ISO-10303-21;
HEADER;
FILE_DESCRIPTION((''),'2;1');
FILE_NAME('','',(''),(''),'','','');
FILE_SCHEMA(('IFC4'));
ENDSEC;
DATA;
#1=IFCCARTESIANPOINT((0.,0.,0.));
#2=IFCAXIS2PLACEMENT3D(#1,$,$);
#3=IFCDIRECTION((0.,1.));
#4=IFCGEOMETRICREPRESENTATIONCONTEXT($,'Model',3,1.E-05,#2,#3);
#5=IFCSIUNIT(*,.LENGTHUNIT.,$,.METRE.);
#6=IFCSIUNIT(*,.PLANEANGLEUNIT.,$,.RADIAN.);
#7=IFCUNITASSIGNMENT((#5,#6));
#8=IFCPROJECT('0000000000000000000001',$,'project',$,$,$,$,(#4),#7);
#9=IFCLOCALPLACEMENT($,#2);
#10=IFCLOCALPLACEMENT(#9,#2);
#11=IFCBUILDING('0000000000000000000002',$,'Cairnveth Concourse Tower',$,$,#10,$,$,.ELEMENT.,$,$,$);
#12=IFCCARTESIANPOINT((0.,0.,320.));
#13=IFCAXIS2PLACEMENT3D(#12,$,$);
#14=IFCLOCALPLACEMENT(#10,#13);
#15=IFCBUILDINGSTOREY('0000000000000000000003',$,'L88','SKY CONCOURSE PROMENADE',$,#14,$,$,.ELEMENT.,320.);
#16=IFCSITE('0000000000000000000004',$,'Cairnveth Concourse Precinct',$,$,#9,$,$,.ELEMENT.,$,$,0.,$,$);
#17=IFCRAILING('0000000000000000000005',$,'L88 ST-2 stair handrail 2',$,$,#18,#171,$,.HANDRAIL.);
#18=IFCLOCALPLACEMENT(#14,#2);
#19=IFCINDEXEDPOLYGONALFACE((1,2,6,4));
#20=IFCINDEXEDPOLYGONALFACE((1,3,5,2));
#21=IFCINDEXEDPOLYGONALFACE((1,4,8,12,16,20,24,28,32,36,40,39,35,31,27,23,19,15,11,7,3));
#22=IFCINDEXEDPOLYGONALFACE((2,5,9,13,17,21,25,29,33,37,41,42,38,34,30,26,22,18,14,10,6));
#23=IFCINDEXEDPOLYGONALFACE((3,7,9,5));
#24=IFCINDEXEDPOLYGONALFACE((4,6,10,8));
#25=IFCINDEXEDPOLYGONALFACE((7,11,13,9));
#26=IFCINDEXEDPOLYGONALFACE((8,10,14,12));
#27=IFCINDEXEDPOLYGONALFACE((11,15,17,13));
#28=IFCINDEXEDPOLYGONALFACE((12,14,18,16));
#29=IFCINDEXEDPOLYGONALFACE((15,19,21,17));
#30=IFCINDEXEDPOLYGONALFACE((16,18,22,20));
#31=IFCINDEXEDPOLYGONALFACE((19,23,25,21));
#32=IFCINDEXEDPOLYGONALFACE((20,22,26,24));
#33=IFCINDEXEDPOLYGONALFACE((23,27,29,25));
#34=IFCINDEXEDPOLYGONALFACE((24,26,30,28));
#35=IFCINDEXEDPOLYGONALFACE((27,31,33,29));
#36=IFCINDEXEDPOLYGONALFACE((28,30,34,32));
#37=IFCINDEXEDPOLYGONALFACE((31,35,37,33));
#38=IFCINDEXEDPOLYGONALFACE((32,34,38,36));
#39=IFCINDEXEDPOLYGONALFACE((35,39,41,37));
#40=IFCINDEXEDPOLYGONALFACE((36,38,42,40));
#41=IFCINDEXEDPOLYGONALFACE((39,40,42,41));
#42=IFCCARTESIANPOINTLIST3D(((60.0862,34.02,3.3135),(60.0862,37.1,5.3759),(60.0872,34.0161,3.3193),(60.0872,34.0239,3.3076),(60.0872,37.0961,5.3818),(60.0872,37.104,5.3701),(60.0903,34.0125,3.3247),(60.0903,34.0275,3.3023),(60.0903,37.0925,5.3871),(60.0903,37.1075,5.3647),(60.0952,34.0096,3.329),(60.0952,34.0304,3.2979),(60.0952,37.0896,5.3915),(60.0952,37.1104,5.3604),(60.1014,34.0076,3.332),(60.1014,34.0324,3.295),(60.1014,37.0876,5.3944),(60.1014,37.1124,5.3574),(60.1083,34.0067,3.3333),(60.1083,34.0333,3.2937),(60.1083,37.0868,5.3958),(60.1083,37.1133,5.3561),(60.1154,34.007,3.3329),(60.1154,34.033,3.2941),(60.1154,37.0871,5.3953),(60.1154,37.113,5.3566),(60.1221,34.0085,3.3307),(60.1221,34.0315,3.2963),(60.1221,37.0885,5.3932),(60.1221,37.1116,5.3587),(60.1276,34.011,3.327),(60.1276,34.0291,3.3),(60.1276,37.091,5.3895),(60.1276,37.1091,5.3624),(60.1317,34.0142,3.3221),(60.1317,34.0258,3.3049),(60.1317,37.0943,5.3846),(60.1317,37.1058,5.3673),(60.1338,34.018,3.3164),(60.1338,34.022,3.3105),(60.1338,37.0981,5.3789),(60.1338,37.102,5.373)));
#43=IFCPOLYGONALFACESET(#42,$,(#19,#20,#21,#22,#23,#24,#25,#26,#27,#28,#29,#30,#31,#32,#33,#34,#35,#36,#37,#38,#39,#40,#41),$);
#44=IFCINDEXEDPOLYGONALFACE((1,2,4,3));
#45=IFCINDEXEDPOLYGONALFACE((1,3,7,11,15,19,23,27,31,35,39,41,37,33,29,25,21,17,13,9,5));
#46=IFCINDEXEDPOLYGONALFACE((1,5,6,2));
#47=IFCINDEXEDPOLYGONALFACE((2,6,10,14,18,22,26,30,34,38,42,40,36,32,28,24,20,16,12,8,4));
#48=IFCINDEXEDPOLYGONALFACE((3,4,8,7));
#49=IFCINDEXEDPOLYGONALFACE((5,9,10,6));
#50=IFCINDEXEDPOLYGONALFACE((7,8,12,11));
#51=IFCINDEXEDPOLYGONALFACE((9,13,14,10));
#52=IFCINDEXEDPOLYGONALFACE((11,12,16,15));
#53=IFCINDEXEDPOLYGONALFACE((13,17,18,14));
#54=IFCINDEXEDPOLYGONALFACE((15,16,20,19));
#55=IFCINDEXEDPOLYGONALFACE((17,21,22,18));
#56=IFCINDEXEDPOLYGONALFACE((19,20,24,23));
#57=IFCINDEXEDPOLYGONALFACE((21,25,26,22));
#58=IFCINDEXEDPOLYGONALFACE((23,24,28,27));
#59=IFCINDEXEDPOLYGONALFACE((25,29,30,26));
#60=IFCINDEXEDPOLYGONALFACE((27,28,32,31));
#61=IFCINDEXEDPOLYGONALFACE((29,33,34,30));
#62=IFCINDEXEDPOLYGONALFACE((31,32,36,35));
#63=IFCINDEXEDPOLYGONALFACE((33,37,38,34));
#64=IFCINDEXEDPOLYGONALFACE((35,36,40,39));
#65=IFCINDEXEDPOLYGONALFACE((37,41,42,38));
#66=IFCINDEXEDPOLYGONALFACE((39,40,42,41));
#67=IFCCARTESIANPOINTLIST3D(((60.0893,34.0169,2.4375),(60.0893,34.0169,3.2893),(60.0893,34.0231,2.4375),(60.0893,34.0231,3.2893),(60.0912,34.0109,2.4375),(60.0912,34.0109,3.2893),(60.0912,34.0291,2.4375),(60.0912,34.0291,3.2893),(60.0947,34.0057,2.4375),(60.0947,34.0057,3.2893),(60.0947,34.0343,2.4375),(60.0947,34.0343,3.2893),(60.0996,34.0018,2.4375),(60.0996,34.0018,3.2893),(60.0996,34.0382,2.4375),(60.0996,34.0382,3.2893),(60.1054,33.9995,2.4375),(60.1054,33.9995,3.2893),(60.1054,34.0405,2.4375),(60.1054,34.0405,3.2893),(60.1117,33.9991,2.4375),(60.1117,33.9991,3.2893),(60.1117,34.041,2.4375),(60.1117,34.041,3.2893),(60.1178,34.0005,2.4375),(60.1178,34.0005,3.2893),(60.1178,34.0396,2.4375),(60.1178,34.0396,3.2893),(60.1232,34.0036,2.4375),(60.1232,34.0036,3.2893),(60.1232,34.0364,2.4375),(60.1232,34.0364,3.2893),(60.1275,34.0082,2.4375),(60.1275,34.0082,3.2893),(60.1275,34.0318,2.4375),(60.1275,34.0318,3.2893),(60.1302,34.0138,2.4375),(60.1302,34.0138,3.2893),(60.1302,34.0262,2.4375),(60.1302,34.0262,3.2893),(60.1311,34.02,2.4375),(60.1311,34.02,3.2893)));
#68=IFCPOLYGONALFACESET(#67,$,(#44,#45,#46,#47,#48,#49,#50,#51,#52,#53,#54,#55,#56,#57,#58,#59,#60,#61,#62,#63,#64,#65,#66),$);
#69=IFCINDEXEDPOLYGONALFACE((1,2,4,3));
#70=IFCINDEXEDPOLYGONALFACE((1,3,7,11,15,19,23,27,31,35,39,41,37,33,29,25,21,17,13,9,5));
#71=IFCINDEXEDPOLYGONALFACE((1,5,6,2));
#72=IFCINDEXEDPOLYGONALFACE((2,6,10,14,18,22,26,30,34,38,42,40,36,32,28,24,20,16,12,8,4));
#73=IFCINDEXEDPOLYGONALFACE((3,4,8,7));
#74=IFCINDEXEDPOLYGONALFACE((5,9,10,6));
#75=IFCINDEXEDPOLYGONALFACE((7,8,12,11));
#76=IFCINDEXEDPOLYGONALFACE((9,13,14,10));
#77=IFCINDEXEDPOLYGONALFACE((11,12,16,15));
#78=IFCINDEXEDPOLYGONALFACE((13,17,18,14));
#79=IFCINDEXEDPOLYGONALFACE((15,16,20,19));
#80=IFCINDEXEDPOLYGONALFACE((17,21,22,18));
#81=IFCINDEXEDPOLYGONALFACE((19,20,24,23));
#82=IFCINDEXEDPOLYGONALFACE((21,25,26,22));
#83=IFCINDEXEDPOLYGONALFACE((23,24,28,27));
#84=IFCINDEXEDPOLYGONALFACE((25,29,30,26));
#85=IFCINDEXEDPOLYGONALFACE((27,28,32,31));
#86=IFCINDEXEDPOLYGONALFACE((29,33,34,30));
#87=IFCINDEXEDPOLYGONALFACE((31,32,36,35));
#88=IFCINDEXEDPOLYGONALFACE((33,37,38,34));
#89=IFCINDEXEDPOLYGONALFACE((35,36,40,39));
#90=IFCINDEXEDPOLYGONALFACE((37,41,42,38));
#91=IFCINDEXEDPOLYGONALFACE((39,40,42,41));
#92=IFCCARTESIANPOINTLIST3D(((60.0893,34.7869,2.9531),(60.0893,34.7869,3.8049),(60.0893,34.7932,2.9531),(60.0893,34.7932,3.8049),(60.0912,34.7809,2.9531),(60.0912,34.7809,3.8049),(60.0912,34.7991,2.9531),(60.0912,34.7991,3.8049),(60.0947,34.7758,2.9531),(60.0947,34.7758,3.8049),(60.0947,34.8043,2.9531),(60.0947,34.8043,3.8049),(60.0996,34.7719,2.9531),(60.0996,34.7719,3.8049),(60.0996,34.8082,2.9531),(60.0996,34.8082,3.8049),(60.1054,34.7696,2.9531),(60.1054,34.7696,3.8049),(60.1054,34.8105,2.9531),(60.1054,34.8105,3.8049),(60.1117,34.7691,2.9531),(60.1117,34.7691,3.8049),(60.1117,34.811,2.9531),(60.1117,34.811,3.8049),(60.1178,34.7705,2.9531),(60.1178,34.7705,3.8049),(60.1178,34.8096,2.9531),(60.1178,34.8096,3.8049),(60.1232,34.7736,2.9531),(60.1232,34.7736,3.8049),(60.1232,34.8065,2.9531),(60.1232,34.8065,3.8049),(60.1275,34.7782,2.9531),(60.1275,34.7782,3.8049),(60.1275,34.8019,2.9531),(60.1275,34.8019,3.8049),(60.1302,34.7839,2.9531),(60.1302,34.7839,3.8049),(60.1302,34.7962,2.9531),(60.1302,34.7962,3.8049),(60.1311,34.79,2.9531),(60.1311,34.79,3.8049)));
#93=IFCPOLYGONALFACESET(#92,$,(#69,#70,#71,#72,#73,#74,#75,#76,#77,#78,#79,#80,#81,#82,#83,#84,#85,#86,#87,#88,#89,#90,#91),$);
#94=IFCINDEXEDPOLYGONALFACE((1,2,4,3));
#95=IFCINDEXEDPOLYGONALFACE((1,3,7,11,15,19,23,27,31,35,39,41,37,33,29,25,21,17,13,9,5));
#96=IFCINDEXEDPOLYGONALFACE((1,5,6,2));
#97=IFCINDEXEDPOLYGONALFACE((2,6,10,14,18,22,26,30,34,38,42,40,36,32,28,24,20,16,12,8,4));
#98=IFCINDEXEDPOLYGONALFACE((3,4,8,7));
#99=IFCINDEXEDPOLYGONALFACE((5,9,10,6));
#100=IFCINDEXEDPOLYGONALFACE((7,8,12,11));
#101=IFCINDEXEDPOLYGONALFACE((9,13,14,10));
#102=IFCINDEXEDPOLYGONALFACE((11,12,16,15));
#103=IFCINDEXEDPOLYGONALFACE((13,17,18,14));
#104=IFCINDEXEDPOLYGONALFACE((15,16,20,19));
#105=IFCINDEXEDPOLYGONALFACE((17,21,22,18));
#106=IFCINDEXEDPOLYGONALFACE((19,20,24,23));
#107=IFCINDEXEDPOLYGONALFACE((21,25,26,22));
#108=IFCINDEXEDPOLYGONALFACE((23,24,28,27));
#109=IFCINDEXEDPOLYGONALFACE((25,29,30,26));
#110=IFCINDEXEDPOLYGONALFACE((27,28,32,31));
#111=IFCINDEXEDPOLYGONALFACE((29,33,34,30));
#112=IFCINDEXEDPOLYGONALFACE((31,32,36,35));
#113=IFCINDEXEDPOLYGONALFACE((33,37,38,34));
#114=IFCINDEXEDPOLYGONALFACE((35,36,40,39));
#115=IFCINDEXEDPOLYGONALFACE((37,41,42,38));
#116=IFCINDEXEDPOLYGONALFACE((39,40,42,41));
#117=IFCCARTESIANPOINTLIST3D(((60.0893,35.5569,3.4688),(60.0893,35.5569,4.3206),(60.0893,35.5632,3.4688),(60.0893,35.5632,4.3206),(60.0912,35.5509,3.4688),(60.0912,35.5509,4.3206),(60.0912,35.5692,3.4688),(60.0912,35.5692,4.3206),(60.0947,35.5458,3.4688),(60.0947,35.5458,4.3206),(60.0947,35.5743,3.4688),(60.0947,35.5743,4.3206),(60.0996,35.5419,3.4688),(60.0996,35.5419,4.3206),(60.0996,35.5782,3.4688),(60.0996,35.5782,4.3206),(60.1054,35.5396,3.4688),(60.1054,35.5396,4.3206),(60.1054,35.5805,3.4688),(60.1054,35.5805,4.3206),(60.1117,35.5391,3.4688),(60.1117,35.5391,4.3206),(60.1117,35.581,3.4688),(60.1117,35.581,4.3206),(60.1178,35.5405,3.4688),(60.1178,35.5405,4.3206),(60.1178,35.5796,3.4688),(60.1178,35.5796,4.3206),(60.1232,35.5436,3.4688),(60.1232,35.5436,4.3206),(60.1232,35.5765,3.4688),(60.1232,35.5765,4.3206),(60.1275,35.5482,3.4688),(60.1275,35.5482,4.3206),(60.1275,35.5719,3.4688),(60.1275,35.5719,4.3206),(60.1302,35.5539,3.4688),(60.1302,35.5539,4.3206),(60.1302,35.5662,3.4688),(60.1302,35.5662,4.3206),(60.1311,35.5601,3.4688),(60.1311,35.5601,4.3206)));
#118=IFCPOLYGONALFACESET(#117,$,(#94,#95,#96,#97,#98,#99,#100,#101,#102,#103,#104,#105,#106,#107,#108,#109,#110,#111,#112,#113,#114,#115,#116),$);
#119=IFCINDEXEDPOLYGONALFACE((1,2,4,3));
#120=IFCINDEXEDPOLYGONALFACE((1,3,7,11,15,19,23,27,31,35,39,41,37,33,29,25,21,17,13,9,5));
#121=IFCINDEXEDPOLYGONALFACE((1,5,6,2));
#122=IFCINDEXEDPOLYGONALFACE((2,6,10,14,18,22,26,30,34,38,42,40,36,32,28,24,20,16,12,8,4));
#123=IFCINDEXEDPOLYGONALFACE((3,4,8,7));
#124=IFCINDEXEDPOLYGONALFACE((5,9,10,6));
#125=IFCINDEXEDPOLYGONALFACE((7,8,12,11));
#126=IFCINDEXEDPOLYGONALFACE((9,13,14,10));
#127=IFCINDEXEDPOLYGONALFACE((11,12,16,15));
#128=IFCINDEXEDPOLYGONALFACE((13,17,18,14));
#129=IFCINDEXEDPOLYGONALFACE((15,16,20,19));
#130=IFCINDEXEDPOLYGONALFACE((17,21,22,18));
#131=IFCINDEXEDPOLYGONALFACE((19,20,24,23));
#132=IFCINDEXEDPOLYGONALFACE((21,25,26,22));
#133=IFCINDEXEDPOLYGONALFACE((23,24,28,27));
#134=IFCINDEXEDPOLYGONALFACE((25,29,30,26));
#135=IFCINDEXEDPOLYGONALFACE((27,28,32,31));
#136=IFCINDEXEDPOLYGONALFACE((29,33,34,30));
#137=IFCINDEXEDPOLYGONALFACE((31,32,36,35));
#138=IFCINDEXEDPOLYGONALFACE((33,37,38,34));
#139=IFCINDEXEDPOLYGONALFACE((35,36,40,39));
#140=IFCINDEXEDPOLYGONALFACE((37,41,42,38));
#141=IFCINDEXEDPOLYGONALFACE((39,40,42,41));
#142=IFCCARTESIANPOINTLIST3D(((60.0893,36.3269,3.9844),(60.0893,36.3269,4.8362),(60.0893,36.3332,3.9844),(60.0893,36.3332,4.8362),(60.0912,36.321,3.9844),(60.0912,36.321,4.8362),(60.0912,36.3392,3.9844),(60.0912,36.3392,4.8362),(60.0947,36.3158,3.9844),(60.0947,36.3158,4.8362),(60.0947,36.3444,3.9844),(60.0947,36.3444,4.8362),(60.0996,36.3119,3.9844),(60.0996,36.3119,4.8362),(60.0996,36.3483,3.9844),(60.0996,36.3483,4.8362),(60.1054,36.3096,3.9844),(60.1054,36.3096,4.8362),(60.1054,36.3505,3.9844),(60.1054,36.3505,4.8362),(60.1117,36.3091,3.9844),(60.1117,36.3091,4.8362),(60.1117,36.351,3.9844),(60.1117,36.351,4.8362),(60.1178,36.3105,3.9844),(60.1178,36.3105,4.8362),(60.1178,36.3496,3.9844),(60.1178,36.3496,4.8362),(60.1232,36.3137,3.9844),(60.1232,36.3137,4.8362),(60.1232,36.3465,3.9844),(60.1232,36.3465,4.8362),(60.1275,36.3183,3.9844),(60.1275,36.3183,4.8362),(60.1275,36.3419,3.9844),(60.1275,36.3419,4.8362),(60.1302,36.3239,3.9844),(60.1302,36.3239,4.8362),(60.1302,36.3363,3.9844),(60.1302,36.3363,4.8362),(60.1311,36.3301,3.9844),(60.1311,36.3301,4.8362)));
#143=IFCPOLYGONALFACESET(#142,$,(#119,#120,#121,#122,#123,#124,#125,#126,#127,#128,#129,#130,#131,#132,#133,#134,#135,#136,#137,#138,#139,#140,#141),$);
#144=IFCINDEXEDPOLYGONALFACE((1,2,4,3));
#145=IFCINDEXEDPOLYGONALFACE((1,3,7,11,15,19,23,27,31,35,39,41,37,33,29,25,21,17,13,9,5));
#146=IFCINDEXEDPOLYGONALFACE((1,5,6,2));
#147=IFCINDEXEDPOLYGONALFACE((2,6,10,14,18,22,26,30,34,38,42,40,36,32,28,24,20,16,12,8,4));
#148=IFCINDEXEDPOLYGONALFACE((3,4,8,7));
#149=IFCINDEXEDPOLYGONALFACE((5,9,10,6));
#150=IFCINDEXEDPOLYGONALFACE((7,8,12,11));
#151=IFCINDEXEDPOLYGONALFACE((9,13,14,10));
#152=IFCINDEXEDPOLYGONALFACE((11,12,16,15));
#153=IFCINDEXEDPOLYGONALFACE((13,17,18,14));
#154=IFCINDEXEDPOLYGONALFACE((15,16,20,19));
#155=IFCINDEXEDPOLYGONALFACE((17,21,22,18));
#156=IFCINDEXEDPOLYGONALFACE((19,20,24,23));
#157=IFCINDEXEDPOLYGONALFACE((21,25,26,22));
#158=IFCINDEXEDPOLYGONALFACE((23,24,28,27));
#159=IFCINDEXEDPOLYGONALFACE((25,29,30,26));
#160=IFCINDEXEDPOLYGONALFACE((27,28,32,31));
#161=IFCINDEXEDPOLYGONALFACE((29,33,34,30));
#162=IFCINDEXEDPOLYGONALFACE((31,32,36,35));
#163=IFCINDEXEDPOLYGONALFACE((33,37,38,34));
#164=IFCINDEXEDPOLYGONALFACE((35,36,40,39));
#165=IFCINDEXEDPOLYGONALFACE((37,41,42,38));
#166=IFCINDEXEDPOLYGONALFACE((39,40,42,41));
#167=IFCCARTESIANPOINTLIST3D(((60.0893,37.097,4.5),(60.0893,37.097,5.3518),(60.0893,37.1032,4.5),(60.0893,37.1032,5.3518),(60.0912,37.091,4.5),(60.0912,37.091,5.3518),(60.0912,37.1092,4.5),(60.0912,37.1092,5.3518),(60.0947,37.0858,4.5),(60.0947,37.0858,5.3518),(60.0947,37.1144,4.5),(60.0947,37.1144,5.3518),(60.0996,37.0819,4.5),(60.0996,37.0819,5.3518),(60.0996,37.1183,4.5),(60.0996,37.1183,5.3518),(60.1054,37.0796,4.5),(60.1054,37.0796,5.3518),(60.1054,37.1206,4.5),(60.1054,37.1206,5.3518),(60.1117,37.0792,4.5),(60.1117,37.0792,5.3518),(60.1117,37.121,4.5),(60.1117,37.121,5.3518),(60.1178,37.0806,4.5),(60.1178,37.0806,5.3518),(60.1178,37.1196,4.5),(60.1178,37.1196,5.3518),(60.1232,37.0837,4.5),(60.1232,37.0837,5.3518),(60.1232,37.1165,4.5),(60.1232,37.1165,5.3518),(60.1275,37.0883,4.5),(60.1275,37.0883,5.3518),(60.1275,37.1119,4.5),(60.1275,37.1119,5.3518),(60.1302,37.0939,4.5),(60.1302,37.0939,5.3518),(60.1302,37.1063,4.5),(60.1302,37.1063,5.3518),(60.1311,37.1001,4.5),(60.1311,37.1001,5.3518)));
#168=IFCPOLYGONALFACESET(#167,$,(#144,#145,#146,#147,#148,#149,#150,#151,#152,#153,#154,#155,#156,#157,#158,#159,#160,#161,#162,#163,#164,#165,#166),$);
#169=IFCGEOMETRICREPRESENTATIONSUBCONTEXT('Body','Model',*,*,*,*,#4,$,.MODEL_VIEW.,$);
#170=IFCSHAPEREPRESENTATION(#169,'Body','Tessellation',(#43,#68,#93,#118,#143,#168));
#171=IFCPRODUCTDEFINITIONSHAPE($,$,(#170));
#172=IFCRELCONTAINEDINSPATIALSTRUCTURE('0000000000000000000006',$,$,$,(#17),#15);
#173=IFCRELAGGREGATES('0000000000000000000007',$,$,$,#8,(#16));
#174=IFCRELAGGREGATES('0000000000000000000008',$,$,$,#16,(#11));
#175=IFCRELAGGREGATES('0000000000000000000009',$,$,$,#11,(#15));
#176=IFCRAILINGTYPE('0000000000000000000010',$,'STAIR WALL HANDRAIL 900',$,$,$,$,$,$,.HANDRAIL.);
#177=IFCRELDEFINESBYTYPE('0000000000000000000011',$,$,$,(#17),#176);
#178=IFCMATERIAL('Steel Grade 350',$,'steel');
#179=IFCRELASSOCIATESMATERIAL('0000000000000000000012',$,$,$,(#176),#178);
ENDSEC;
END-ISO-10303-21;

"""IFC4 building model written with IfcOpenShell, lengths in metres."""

from ifc_helpers import new_model, si_unit, direction, frame, origin, origin_2d, place, context, subcontext, project, spatial, circle, extrude, material, type_object, element, save


model = new_model("IFC4")

# Units and contexts
model_context = context("Model", 3, precision=1e-05, world=origin(), true_north=direction((0.0, 1.0)))
body_context = subcontext(model_context, "Body", "Model", "MODEL_VIEW")
ifc_project = project(units=[si_unit("LENGTHUNIT", "METRE"), si_unit("PLANEANGLEUNIT", "RADIAN")], contexts=[model_context])

# Site, building, storey
site_placement = place(None, origin())
site = spatial("IfcSite", under=ifc_project, at=site_placement, Name="Cairnveth Concourse Precinct", CompositionType="ELEMENT", RefElevation=0.0)
building_placement = place(site_placement, origin())
building = spatial("IfcBuilding", under=site, at=building_placement, Name="Cairnveth Concourse Tower", CompositionType="ELEMENT")
storey_placement = place(building_placement, frame((0.0, 0.0, 320.0)))
storey = spatial("IfcBuildingStorey", under=building, at=storey_placement, Name="L88", Description="SKY CONCOURSE PROMENADE", CompositionType="ELEMENT", Elevation=320.0)

# Shared definitions
ifc_material_1 = material(Name="Steel Grade 350", Category="steel")

# Railing
railing_type = type_object("IfcRailingType", Name="STAIR WALL HANDRAIL 900", PredefinedType="HANDRAIL", material=ifc_material_1)
railing_placement = place(storey_placement, frame((60.1101, 34.02, 2.4375)))
element("IfcRailing", 1, at=railing_placement, inside=storey, type_object=railing_type, Name="L88 ST-2 stair handrail 2", PredefinedType="HANDRAIL", context=body_context, shape_type="SweptSolid", body=[
    extrude(circle(Radius=0.0239, at=origin_2d()), frame((0.0, 0.0, 0.876), z_axis=(0.0, 0.830914, 0.556401), x_axis=(-1.0, 0.0, 0.0)), (0.0, 0.0, 1.0), 3.7068),
    extrude(circle(Radius=0.021, at=origin_2d()), origin(), (0.0, 0.0, 1.0), 0.8518),
    extrude(circle(Radius=0.021, at=origin_2d()), frame((0.0, 0.77, 0.5156)), (0.0, 0.0, 1.0), 0.8518),
    extrude(circle(Radius=0.021, at=origin_2d()), frame((0.0, 1.54, 1.0312)), (0.0, 0.0, 1.0), 0.8518),
    extrude(circle(Radius=0.021, at=origin_2d()), frame((0.0, 2.3101, 1.5469)), (0.0, 0.0, 1.0), 0.8518),
    extrude(circle(Radius=0.021, at=origin_2d()), frame((0.0, 3.0801, 2.0625)), (0.0, 0.0, 1.0), 0.8518),
])

save(model, "model.ifc")
